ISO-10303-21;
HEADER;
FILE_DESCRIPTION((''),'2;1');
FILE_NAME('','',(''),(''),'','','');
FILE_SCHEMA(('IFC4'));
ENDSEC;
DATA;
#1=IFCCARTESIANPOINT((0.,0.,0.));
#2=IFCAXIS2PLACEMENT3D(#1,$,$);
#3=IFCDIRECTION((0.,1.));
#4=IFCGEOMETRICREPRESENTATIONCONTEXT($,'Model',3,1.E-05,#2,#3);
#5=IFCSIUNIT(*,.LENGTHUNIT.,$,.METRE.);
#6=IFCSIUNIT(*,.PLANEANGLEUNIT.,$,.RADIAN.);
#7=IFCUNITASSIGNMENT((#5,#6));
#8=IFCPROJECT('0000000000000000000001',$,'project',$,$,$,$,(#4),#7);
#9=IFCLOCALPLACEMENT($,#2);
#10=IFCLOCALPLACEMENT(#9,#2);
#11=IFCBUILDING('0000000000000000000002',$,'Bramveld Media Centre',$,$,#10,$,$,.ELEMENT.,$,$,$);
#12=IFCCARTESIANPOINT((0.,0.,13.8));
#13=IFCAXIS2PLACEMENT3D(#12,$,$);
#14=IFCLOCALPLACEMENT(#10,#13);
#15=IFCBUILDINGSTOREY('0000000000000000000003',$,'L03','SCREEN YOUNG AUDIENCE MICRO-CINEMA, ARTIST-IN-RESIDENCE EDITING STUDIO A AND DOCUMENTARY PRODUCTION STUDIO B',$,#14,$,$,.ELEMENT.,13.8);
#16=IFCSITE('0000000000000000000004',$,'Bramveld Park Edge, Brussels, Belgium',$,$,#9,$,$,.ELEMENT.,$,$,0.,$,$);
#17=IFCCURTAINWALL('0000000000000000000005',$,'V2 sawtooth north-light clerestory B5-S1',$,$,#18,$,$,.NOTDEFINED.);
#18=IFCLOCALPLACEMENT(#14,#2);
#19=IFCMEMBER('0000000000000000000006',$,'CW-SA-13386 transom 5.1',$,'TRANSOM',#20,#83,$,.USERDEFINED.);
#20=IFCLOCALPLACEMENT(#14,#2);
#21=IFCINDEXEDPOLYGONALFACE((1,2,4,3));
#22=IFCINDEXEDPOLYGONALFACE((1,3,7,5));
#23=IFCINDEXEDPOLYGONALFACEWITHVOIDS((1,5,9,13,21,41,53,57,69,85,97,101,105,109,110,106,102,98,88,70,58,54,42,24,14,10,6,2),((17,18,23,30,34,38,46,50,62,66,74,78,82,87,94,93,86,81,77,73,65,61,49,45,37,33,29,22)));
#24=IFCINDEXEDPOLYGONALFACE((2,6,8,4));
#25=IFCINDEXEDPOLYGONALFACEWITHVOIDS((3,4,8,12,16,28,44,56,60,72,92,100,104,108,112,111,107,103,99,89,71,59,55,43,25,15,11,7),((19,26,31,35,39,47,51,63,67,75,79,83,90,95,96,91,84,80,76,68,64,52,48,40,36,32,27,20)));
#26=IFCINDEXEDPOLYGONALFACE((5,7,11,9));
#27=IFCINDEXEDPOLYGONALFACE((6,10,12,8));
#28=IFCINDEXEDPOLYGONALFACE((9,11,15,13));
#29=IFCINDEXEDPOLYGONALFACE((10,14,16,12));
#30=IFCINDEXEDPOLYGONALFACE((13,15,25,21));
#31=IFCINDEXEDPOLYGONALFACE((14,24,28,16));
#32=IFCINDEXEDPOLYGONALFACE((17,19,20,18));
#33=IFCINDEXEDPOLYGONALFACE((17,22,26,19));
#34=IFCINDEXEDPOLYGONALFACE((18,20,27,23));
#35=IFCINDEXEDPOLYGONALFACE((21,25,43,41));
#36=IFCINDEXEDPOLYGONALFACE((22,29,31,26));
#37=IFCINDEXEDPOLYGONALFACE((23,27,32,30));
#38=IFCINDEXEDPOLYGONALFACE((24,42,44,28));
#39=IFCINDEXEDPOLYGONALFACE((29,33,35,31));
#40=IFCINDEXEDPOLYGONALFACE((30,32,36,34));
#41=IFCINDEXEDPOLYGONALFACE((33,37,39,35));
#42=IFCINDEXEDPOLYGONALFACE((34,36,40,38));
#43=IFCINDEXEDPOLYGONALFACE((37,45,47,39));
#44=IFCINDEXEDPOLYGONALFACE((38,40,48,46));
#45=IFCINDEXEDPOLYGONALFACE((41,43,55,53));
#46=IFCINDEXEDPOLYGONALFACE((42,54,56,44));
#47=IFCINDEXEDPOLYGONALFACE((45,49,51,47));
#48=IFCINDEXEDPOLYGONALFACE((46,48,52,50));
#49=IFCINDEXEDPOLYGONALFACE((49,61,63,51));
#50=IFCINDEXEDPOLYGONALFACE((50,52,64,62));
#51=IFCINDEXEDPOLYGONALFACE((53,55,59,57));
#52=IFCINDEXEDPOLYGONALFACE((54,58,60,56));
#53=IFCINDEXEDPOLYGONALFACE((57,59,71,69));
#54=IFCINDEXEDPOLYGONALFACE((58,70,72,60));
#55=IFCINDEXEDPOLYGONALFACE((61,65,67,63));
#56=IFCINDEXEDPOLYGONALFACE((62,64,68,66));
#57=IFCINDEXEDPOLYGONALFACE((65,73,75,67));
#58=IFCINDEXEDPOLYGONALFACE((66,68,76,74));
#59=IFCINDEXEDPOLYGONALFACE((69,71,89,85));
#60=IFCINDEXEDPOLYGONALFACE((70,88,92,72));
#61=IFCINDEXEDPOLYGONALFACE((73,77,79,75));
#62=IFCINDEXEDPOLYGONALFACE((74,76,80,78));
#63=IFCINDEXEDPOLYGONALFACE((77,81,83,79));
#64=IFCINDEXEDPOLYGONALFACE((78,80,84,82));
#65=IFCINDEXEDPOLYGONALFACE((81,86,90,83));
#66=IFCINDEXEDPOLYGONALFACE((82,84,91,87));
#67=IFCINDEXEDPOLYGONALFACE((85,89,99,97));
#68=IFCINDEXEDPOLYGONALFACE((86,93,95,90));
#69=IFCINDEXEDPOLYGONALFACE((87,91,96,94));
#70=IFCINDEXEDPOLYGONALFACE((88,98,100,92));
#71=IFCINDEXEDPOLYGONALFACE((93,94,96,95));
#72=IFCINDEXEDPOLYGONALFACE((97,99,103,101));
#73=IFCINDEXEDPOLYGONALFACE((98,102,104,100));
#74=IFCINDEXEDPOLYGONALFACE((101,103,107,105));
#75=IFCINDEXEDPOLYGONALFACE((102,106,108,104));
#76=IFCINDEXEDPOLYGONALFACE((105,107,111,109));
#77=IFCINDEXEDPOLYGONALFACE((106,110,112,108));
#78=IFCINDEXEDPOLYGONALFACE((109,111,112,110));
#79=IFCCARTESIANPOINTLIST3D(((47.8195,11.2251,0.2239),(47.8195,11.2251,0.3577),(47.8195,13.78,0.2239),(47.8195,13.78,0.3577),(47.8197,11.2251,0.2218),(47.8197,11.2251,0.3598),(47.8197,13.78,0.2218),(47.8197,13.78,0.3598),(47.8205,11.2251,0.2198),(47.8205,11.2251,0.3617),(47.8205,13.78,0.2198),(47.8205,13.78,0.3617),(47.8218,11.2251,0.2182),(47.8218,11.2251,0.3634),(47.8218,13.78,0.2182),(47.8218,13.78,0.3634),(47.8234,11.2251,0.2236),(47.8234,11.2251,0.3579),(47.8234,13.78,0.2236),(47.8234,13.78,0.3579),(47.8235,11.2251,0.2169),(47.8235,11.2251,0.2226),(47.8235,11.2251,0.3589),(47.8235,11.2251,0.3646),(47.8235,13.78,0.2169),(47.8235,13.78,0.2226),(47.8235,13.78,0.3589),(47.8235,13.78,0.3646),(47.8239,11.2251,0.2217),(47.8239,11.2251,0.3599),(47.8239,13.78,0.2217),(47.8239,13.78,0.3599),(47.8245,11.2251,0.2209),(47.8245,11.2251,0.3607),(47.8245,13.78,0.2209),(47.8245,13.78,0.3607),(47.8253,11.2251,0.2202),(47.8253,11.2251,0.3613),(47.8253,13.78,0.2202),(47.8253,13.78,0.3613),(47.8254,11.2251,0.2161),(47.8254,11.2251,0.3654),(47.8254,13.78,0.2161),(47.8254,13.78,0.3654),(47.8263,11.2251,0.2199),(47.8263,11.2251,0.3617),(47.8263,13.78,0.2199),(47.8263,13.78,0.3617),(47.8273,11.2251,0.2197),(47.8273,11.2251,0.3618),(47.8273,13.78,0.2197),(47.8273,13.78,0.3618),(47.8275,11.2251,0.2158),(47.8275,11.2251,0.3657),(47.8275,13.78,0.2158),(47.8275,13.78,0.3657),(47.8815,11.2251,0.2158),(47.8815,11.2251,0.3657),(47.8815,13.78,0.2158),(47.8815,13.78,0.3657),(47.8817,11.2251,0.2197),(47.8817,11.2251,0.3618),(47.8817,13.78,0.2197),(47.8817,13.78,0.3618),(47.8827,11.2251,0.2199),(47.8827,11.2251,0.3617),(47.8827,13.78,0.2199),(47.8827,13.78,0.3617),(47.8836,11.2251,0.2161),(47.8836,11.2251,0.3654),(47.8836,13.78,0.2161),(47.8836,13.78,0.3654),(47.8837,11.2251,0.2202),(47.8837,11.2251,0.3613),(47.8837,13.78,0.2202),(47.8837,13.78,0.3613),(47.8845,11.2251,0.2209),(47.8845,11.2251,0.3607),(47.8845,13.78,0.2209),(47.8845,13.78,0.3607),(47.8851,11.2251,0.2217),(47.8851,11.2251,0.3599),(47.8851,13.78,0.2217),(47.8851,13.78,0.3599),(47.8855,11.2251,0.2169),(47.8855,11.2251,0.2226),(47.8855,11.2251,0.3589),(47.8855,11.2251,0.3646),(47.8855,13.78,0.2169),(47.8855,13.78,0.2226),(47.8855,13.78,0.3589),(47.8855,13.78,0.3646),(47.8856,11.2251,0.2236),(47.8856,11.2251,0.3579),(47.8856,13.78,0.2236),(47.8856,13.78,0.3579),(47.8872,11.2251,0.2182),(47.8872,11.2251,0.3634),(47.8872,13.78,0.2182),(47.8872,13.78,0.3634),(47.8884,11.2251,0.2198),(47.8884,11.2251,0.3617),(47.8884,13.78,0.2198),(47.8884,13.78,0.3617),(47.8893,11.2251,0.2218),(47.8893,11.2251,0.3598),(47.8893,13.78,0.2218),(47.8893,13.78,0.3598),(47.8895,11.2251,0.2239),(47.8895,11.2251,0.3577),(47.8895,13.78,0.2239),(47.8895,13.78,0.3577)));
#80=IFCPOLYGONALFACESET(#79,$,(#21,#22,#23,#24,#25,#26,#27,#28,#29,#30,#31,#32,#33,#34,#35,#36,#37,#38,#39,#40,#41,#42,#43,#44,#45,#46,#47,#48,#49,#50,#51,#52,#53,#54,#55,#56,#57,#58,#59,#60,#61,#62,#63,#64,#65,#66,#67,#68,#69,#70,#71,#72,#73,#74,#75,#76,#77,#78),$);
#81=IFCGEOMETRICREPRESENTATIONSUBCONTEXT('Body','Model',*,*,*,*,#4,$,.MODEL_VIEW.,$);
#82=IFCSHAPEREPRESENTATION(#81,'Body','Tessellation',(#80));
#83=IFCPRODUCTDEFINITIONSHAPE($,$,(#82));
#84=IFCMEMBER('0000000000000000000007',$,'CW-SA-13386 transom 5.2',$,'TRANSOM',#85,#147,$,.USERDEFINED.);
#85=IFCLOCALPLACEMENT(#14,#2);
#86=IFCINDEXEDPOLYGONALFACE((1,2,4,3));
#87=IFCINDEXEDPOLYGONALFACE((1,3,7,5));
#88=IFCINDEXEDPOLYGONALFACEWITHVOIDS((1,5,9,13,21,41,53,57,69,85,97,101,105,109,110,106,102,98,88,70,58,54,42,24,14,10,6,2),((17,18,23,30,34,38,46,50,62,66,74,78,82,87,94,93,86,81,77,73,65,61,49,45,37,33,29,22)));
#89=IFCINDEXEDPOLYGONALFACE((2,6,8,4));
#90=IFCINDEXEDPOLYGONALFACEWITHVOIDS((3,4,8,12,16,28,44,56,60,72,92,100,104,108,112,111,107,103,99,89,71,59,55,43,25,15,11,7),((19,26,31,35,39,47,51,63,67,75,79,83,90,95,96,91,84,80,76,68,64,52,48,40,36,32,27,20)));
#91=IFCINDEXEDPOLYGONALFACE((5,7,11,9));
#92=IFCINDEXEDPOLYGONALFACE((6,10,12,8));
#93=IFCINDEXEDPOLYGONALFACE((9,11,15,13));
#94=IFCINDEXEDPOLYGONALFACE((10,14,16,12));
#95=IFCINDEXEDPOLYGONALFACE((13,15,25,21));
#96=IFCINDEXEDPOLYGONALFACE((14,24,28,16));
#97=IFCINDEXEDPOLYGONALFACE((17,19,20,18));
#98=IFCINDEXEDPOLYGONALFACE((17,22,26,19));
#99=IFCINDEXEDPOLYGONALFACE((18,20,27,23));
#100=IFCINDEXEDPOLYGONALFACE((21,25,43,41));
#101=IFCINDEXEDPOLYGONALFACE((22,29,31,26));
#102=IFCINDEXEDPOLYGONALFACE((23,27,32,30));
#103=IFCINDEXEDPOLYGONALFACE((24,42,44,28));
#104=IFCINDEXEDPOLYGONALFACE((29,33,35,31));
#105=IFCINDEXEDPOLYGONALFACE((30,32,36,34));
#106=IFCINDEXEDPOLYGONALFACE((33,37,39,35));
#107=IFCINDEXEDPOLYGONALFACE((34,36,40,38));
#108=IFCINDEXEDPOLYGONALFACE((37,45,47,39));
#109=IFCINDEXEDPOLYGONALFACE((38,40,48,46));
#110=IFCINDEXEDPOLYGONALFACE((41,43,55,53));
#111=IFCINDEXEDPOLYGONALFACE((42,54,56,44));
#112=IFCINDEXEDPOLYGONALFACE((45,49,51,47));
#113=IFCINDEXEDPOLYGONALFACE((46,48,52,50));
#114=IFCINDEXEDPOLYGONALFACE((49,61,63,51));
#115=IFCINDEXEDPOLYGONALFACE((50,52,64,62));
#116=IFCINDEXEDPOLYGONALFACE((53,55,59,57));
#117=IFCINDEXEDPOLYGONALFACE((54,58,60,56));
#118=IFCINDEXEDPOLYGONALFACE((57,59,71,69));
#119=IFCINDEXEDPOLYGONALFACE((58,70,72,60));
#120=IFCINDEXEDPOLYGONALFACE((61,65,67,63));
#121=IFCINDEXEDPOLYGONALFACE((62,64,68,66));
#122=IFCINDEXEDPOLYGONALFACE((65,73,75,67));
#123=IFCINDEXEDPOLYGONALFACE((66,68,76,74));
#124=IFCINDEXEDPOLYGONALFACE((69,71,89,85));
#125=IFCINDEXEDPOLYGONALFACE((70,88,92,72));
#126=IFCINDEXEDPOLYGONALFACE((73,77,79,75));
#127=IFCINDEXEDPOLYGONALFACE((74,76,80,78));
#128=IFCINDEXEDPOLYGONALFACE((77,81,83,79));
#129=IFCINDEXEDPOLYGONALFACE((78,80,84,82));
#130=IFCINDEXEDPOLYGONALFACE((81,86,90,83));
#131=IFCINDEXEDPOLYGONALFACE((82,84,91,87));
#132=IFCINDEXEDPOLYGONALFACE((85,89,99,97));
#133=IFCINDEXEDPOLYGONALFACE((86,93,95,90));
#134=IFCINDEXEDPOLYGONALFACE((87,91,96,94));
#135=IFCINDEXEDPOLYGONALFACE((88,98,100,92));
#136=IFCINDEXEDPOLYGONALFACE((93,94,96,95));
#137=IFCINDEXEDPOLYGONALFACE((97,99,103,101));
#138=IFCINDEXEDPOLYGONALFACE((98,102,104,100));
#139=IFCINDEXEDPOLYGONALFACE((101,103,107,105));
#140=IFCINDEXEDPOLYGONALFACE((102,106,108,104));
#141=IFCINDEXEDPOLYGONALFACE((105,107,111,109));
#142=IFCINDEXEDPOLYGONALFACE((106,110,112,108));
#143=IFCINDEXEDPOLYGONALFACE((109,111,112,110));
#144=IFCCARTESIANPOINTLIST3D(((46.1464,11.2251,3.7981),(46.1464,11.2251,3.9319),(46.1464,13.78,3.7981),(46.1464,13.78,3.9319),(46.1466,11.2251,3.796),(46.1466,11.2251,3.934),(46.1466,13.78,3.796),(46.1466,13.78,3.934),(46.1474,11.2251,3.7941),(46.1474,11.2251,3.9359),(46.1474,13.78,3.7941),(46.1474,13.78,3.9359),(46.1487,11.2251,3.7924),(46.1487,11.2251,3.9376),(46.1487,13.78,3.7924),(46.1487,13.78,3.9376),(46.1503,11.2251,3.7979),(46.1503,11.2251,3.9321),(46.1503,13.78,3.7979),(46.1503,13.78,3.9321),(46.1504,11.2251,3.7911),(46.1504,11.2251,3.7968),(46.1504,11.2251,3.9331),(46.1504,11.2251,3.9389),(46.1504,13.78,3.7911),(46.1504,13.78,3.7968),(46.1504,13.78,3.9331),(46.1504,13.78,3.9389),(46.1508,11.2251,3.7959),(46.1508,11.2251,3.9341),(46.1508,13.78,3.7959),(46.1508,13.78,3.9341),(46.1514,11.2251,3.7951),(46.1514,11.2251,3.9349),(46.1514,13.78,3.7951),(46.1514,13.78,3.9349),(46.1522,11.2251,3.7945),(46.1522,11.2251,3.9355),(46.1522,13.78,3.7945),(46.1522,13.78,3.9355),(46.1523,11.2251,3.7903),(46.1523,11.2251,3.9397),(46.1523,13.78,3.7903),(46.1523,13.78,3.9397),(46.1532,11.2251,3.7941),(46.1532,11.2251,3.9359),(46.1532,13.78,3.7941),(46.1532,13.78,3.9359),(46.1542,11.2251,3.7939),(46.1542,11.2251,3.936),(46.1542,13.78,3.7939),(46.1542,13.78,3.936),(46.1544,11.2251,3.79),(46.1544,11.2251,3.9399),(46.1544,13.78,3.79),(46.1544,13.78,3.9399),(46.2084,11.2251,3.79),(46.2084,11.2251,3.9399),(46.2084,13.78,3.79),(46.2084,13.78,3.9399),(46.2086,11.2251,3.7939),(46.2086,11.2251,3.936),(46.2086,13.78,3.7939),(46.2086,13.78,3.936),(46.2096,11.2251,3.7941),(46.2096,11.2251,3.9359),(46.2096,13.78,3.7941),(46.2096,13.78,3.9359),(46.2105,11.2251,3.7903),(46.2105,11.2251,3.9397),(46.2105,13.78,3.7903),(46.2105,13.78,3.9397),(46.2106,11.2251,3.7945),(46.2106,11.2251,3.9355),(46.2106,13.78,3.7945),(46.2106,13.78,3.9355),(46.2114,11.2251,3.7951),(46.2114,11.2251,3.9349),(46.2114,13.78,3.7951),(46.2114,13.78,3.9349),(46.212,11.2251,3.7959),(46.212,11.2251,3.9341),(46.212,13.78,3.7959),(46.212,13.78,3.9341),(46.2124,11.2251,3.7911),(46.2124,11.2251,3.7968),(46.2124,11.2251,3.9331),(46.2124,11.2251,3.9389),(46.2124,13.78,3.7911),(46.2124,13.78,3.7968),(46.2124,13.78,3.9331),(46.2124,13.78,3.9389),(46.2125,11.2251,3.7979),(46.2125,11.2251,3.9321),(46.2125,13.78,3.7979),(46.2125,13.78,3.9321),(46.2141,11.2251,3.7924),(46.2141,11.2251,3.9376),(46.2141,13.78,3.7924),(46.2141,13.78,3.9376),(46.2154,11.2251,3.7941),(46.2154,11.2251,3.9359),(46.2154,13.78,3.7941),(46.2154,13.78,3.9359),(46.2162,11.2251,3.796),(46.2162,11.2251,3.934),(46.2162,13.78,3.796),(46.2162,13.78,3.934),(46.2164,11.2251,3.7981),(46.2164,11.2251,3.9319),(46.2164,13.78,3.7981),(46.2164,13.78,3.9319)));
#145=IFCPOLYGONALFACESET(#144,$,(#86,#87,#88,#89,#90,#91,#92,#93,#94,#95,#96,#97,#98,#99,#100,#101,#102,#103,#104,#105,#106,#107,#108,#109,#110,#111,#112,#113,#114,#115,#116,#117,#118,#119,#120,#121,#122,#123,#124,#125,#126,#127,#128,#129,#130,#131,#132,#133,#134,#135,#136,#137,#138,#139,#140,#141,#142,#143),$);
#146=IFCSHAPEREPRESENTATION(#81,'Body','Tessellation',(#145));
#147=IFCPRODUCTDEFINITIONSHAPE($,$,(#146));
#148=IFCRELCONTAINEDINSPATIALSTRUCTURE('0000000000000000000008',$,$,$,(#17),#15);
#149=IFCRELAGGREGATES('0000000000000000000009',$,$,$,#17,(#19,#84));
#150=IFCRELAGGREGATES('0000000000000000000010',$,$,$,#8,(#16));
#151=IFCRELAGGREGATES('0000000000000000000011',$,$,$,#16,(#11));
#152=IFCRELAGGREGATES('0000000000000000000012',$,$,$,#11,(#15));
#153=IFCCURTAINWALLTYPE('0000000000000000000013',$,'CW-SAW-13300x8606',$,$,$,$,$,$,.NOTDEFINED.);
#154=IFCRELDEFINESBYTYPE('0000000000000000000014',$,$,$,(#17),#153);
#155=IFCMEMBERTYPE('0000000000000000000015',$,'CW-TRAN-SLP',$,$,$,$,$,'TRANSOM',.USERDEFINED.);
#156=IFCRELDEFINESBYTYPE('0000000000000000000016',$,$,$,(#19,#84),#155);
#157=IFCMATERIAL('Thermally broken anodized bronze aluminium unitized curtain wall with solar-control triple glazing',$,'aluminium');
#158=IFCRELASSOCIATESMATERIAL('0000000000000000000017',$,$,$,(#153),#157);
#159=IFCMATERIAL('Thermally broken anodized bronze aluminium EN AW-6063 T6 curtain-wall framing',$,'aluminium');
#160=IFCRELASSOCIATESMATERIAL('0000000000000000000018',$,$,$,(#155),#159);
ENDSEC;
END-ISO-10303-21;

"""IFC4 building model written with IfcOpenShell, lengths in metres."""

from ifc_helpers import new_model, si_unit, direction, frame, origin, origin_2d, place, context, subcontext, project, spatial, hollow_rectangle, extrude, material, material_profile, profile_set, type_object, element, aggregate, save


model = new_model("IFC4")

# Units and contexts
model_context = context("Model", 3, precision=1e-05, world=origin(), true_north=direction((0.0, 1.0)))
body_context = subcontext(model_context, "Body", "Model", "MODEL_VIEW")
ifc_project = project(units=[si_unit("LENGTHUNIT", "METRE"), si_unit("PLANEANGLEUNIT", "RADIAN")], contexts=[model_context])

# Site, building, storey
site_placement = place(None, origin())
site = spatial("IfcSite", under=ifc_project, at=site_placement, Name="Bramveld Park Edge, Brussels, Belgium", CompositionType="ELEMENT", RefElevation=0.0)
building_placement = place(site_placement, origin())
building = spatial("IfcBuilding", under=site, at=building_placement, Name="Bramveld Media Centre", CompositionType="ELEMENT")
storey_placement = place(building_placement, frame((0.0, 0.0, 13.8)))
storey = spatial("IfcBuildingStorey", under=building, at=storey_placement, Name="L03", Description="SCREEN YOUNG AUDIENCE MICRO-CINEMA, ARTIST-IN-RESIDENCE EDITING STUDIO A AND DOCUMENTARY PRODUCTION STUDIO B", CompositionType="ELEMENT", Elevation=13.8)

# Curtain wall
ifc_material_1 = material(Name="Thermally broken anodized bronze aluminium unitized curtain wall with solar-control triple glazing", Category="aluminium")
curtain_wall_type = type_object("IfcCurtainWallType", Name="CW-SAW-13300x8606", PredefinedType="NOTDEFINED", material=ifc_material_1)
curtain_wall_1_placement = place(storey_placement, origin())
curtain_wall_1 = element("IfcCurtainWall", 1, at=curtain_wall_1_placement, inside=storey, type_object=curtain_wall_type, Name="V2 sawtooth north-light clerestory B5-S1", PredefinedType="NOTDEFINED")

# Members
ifc_material_2 = material(Name="Thermally broken anodized bronze aluminium EN AW-6063 T6 curtain-wall framing", Category="aluminium")
ifc_material_profile_1 = material_profile(ifc_material_2, hollow_rectangle(XDim=0.0701, YDim=0.1499, WallThickness=0.0039, InnerFilletRadius=0.0039, OuterFilletRadius=0.0081, at=origin_2d()), Name="AL-TRAN 70x150")
ifc_profile_set_1 = profile_set([ifc_material_profile_1], Name="Thermally broken anodized bronze aluminium EN AW-6063 T6 curtain-wall framing")
member_type_1 = type_object("IfcMemberType", Name="CW-TRAN-SLP", ElementType="TRANSOM", PredefinedType="USERDEFINED", material=ifc_profile_set_1)
member_1_placement = place(storey_placement, frame((47.8545, 11.2251, 0.2908), z_axis=(0.0, 1.0, 0.0), x_axis=(-1.0, 0.0, 0.0)))
member_1 = element("IfcMember", 2, at=member_1_placement, type_object=member_type_1, Name="CW-SA-13386 transom 5.1", ObjectType="TRANSOM", PredefinedType="USERDEFINED", context=body_context, shape_type="SweptSolid", body=[
    extrude(hollow_rectangle(XDim=0.0701, YDim=0.1499, WallThickness=0.0039, InnerFilletRadius=0.0039, OuterFilletRadius=0.0081, at=origin_2d()), origin(), (0.0, 0.0, 1.0), 2.5549),
])
member_2_placement = place(storey_placement, frame((46.1814, 11.2251, 3.865), z_axis=(0.0, 1.0, 0.0), x_axis=(-1.0, 0.0, 0.0)))
member_2 = element("IfcMember", 3, at=member_2_placement, type_object=member_type_1, Name="CW-SA-13386 transom 5.2", ObjectType="TRANSOM", PredefinedType="USERDEFINED", context=body_context, shape_type="SweptSolid", body=[
    extrude(hollow_rectangle(XDim=0.0701, YDim=0.1499, WallThickness=0.0039, InnerFilletRadius=0.0039, OuterFilletRadius=0.0081, at=origin_2d()), origin(), (0.0, 0.0, 1.0), 2.5549),
])

aggregate(curtain_wall_1, [member_1, member_2])

save(model, "model.ifc")
